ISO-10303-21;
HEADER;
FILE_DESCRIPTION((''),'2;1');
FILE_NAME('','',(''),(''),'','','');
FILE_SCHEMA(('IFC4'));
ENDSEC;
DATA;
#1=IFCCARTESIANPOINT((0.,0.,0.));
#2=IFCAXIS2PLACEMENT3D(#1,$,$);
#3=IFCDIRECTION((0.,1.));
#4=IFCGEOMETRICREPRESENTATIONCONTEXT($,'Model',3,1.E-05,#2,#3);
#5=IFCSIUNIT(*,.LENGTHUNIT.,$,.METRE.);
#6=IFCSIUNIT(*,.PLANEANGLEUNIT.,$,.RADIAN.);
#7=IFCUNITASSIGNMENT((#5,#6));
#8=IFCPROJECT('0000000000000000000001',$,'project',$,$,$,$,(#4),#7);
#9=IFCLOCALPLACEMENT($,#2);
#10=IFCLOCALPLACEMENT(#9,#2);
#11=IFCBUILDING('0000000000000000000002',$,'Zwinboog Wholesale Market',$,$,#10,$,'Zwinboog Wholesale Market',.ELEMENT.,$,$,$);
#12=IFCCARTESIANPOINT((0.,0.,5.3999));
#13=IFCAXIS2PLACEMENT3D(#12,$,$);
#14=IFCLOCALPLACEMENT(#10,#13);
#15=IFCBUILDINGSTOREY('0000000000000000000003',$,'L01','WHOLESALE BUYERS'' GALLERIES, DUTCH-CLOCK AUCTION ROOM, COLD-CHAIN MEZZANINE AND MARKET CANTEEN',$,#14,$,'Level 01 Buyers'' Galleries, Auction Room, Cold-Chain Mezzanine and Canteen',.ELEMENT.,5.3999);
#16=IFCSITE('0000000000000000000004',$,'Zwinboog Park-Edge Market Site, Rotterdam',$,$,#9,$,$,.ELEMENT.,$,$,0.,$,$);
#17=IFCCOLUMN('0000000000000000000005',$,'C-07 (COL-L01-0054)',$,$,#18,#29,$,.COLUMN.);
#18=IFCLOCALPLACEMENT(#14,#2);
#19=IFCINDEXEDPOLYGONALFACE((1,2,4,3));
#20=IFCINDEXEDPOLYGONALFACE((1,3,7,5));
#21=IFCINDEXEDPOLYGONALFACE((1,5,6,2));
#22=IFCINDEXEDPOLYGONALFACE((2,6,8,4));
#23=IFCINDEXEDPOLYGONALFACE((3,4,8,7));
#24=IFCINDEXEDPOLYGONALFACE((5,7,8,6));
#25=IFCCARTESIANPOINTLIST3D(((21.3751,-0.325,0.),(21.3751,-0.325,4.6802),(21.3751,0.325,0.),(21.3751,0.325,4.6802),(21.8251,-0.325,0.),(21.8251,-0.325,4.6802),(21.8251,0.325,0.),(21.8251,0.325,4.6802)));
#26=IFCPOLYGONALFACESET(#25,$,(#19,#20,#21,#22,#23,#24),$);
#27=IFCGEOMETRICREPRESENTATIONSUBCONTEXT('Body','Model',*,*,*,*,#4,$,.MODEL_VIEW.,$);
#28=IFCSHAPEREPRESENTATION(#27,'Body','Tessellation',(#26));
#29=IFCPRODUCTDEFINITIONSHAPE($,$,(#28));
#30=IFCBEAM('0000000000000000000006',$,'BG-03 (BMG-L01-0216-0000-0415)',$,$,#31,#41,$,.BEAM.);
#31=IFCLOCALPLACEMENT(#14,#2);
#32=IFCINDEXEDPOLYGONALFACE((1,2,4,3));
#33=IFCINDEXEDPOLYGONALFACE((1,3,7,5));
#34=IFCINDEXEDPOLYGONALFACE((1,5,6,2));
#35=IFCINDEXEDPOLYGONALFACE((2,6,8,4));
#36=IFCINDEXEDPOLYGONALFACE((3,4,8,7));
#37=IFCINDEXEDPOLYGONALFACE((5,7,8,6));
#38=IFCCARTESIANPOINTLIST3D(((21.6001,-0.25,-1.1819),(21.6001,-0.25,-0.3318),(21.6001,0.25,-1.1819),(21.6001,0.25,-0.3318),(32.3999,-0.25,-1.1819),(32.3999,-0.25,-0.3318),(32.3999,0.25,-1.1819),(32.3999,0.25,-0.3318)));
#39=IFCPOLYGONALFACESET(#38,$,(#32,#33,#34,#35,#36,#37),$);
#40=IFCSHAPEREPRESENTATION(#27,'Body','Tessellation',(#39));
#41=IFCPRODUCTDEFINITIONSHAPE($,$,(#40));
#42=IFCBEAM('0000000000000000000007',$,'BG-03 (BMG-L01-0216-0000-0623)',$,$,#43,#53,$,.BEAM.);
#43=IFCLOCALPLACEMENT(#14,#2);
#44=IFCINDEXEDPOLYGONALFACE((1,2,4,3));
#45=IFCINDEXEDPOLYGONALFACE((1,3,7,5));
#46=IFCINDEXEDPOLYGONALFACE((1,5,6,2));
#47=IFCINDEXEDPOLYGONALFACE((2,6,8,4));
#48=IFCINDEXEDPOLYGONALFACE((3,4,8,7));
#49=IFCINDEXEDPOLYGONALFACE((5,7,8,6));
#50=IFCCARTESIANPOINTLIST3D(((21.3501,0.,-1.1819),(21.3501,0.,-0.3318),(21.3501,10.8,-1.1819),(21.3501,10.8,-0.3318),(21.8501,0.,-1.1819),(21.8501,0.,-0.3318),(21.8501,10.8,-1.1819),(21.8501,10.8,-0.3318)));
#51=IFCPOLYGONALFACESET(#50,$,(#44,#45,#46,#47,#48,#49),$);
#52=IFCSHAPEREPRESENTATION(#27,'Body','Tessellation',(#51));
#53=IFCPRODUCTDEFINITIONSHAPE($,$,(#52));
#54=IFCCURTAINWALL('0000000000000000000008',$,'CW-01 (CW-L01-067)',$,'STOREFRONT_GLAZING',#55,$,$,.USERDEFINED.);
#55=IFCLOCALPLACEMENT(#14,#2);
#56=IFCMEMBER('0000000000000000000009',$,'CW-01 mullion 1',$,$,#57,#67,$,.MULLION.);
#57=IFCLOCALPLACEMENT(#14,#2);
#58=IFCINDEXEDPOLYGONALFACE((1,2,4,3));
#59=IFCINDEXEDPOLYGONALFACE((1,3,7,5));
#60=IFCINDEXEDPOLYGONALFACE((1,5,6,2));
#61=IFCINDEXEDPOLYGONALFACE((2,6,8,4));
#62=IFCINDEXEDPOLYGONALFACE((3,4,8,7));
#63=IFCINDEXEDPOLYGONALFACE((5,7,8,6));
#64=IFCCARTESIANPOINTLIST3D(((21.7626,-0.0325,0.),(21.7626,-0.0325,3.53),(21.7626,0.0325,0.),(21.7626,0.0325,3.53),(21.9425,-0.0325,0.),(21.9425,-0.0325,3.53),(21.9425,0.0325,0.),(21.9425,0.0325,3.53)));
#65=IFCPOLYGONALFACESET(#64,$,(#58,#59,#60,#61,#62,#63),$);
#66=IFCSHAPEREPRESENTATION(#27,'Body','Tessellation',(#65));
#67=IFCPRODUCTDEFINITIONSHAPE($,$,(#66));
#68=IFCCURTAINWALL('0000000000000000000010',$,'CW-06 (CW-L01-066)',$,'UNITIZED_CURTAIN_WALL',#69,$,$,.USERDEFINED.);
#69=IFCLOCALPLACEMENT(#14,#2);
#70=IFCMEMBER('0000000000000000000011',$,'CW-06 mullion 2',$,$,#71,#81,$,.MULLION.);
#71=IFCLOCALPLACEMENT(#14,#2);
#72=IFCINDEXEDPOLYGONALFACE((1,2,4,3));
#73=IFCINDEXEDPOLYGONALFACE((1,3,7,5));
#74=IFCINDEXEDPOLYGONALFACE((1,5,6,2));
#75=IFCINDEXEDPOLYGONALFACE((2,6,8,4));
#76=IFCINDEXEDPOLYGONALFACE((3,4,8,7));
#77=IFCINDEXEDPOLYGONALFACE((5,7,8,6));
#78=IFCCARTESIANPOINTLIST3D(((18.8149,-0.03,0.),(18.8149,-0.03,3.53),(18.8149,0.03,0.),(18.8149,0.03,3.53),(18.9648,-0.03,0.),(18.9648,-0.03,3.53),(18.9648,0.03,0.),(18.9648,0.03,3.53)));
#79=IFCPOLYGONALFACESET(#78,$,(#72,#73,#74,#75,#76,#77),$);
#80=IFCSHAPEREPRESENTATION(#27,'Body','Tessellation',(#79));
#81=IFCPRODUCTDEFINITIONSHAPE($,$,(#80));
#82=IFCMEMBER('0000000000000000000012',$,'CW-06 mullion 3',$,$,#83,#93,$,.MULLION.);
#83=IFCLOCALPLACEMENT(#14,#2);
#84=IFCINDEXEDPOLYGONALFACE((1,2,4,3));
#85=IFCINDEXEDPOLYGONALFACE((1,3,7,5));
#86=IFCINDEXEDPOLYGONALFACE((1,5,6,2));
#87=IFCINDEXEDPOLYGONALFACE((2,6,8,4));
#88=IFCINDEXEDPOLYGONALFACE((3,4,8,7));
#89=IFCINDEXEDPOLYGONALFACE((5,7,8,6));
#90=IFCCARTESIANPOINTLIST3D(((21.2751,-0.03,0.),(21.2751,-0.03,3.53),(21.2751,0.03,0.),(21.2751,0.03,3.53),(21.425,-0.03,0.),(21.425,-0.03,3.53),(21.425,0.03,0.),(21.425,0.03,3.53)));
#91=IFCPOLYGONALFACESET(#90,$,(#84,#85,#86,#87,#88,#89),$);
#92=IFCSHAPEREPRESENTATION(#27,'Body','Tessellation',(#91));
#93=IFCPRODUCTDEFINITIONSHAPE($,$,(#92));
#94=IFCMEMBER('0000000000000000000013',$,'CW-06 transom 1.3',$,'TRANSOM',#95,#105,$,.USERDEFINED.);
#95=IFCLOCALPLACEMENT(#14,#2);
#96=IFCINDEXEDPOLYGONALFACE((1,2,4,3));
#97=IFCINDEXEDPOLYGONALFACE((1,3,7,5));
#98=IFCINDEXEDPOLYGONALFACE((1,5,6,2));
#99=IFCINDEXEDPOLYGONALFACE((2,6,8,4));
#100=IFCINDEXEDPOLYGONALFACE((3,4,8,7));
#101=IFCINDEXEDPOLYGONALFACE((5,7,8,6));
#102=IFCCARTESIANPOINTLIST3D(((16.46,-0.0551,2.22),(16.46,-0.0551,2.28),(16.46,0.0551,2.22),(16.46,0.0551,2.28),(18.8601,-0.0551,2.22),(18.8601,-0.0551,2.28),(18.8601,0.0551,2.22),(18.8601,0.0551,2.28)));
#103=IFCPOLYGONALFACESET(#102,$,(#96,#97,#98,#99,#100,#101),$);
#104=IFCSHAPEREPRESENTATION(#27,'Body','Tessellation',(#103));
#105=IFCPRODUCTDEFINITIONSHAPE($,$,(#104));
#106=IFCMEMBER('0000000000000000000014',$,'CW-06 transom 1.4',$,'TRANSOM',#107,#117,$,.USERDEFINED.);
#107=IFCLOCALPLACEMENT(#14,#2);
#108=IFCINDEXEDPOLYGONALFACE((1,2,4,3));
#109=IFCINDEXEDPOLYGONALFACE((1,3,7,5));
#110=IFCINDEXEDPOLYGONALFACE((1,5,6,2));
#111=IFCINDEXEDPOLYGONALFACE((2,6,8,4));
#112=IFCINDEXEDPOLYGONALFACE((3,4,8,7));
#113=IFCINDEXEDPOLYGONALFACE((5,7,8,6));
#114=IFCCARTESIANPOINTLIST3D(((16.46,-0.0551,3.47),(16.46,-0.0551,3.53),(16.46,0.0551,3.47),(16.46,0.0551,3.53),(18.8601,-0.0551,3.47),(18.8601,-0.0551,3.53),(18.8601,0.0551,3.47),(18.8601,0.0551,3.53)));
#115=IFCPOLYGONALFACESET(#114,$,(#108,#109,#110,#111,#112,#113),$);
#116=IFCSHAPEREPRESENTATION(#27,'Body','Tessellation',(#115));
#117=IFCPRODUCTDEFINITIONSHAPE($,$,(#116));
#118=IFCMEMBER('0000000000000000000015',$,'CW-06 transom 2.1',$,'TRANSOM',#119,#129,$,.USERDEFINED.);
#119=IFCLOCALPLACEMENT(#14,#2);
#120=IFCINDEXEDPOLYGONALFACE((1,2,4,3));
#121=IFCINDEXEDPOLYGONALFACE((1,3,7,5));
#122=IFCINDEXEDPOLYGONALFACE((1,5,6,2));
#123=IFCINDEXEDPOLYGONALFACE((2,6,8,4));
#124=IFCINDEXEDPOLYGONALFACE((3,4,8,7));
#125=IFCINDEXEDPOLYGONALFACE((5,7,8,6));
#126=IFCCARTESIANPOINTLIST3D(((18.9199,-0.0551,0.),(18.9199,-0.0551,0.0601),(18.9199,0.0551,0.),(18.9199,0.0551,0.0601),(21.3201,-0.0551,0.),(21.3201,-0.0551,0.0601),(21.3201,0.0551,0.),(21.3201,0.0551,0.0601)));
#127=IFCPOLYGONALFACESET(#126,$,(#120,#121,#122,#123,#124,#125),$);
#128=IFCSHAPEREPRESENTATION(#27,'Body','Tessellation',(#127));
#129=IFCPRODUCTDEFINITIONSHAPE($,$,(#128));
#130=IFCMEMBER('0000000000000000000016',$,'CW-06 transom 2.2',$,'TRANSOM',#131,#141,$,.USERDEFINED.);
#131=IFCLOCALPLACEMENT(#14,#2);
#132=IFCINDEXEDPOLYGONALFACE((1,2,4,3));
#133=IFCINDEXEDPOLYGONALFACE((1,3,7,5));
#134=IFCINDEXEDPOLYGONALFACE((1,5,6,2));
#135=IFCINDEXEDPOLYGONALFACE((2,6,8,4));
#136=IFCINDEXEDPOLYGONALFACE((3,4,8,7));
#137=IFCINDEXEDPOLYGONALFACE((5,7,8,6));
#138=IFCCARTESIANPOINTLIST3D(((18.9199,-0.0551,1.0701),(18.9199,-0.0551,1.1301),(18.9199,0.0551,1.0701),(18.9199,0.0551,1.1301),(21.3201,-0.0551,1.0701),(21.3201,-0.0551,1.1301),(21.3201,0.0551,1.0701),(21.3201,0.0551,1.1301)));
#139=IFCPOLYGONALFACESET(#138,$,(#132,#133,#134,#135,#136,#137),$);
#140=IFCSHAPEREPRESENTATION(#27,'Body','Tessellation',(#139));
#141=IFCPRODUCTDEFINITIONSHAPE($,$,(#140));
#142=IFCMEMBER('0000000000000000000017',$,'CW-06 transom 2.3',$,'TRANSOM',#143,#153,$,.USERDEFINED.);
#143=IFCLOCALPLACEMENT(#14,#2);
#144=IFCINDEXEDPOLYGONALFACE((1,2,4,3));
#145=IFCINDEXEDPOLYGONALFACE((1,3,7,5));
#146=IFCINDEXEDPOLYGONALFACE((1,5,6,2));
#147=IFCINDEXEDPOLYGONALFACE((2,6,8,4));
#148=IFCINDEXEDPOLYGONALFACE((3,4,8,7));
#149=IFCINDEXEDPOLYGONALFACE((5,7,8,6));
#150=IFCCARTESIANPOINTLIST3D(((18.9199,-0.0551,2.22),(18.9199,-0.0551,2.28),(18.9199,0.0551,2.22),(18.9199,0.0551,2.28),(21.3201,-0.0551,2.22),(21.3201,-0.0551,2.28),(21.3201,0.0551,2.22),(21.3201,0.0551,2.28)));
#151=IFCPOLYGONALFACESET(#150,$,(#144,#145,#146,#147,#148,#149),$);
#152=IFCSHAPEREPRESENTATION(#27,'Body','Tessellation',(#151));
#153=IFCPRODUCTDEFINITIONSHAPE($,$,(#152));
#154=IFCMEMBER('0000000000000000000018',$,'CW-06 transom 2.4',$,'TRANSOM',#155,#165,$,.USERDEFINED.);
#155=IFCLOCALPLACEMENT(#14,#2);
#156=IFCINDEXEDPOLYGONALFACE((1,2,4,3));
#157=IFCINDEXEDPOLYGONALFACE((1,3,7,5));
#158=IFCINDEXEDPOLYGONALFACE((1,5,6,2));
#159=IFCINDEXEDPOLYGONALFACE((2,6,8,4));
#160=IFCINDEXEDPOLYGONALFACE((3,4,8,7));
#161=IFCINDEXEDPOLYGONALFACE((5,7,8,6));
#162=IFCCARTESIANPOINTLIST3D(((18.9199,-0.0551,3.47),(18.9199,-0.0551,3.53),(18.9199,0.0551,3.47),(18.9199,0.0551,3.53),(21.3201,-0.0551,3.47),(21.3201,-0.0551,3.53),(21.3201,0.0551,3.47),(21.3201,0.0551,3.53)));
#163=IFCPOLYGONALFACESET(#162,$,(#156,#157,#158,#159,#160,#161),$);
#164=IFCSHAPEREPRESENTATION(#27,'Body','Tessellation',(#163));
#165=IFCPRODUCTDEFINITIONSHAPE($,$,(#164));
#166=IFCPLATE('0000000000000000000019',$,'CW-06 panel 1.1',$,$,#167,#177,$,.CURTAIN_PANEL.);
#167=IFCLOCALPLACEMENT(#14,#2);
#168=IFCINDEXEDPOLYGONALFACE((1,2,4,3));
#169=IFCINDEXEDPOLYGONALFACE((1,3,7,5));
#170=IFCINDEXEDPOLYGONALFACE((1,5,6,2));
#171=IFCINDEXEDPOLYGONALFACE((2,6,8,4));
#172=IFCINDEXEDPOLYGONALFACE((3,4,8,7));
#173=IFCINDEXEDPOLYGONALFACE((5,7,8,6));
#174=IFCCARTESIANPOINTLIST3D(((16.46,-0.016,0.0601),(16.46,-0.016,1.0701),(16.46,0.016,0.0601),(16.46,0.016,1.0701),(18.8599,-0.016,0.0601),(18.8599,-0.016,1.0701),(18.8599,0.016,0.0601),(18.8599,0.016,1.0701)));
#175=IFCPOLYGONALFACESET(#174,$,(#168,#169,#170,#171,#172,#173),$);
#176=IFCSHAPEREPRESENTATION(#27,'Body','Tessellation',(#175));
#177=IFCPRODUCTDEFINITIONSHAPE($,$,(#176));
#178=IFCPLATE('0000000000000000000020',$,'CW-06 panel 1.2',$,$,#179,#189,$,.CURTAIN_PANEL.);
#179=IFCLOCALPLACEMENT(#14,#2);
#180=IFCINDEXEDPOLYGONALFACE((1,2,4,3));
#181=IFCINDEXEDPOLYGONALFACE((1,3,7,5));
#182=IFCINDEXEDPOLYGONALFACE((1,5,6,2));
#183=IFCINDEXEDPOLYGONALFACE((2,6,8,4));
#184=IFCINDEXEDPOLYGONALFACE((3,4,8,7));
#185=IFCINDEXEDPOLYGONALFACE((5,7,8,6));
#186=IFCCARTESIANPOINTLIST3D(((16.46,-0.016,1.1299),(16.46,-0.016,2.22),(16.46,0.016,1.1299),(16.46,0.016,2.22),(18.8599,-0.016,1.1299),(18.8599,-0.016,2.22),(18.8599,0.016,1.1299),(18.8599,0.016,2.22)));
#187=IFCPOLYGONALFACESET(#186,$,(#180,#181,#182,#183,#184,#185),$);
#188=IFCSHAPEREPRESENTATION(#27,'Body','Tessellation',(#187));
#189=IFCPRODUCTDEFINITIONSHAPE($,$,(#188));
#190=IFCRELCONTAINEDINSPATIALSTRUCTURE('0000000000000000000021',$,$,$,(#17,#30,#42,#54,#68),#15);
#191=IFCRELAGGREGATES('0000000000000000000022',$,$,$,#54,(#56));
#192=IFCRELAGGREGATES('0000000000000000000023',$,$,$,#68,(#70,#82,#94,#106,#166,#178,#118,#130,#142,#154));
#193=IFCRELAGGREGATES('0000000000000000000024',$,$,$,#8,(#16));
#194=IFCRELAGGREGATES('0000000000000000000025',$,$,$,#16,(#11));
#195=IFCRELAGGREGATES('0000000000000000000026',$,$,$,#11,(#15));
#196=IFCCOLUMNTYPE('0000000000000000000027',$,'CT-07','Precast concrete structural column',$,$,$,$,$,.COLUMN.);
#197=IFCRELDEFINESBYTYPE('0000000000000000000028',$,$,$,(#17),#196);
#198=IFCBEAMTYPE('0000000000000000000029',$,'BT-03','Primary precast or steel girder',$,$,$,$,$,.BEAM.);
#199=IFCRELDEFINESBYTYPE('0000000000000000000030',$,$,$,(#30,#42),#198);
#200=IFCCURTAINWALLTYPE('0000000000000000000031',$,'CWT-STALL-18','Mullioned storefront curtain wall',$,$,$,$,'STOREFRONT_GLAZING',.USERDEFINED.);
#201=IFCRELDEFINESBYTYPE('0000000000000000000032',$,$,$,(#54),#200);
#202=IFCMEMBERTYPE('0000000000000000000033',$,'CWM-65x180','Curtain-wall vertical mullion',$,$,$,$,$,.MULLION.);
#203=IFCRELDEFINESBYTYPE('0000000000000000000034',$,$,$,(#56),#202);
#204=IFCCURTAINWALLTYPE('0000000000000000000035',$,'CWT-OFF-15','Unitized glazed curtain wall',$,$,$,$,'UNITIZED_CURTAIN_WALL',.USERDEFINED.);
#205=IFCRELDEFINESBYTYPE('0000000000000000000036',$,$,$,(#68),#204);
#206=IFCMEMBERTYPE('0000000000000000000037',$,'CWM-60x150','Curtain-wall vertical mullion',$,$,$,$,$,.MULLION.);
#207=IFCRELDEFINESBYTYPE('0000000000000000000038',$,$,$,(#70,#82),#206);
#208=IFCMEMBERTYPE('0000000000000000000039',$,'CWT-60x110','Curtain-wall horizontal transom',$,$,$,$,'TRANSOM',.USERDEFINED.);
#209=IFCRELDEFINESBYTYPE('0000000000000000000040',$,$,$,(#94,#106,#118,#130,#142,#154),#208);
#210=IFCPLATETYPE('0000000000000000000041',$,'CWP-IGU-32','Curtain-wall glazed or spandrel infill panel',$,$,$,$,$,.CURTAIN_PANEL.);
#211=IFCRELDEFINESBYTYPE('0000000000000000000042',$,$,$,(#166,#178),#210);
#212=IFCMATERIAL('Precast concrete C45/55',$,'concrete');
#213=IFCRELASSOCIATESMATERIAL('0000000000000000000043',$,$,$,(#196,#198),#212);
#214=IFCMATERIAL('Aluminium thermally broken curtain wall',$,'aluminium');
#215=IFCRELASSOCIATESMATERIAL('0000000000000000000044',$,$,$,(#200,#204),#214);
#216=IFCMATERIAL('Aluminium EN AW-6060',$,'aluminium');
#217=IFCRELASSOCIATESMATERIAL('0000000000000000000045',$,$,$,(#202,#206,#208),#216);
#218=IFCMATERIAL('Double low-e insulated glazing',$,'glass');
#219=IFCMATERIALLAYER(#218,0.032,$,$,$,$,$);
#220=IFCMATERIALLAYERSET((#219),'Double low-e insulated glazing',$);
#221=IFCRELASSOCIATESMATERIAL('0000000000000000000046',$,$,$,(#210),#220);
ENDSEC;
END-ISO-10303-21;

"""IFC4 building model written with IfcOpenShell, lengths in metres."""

from ifc_helpers import new_model, si_unit, direction, frame, origin, origin_2d, place, context, subcontext, project, spatial, rectangle, extrude, material, layer, layer_set, material_profile, profile_set, type_object, element, aggregate, save


model = new_model("IFC4")

# Units and contexts
model_context = context("Model", 3, precision=1e-05, world=origin(), true_north=direction((0.0, 1.0)))
body_context = subcontext(model_context, "Body", "Model", "MODEL_VIEW")
ifc_project = project(units=[si_unit("LENGTHUNIT", "METRE"), si_unit("PLANEANGLEUNIT", "RADIAN")], contexts=[model_context])

# Site, building, storey
site_placement = place(None, origin())
site = spatial("IfcSite", under=ifc_project, at=site_placement, Name="Zwinboog Park-Edge Market Site, Rotterdam", CompositionType="ELEMENT", RefElevation=0.0)
building_placement = place(site_placement, origin())
building = spatial("IfcBuilding", under=site, at=building_placement, Name="Zwinboog Wholesale Market", LongName="Zwinboog Wholesale Market", CompositionType="ELEMENT")
storey_placement = place(building_placement, frame((0.0, 0.0, 5.3999)))
storey = spatial("IfcBuildingStorey", under=building, at=storey_placement, Name="L01", Description="WHOLESALE BUYERS' GALLERIES, DUTCH-CLOCK AUCTION ROOM, COLD-CHAIN MEZZANINE AND MARKET CANTEEN", LongName="Level 01 Buyers' Galleries, Auction Room, Cold-Chain Mezzanine and Canteen", CompositionType="ELEMENT", Elevation=5.3999)

# Column
ifc_material_1 = material(Name="Precast concrete C45/55", Category="concrete")
ifc_material_profile_1 = material_profile(ifc_material_1, rectangle(XDim=0.45, YDim=0.6499, at=origin_2d()), Name="PC 450x650")
ifc_profile_set_1 = profile_set([ifc_material_profile_1], Name="Precast concrete C45/55")
column_type = type_object("IfcColumnType", Name="CT-07", Description="Precast concrete structural column", PredefinedType="COLUMN", material=ifc_profile_set_1)
column_placement = place(storey_placement, frame((21.6001, 0.0, 0.0), z_axis=(0.0, 0.0, 1.0), x_axis=(1.0, 0.0, 0.0)))
element("IfcColumn", 1, at=column_placement, inside=storey, type_object=column_type, Name="C-07 (COL-L01-0054)", PredefinedType="COLUMN", context=body_context, shape_type="SweptSolid", body=[
    extrude(rectangle(XDim=0.45, YDim=0.6499, at=origin_2d()), origin(), (0.0, 0.0, 1.0), 4.6802),
])

# Beams
ifc_material_profile_2 = material_profile(ifc_material_1, rectangle(XDim=0.5, YDim=0.8501, at=origin_2d()), Name="PC 500x850")
ifc_profile_set_2 = profile_set([ifc_material_profile_2], Name="Precast concrete C45/55")
beam_type = type_object("IfcBeamType", Name="BT-03", Description="Primary precast or steel girder", PredefinedType="BEAM", material=ifc_profile_set_2)
beam_1_placement = place(storey_placement, frame((21.6001, 0.0, -0.7568), z_axis=(1.0, 0.0, 0.0), x_axis=(0.0, 1.0, 0.0)))
element("IfcBeam", 2, at=beam_1_placement, inside=storey, type_object=beam_type, Name="BG-03 (BMG-L01-0216-0000-0415)", PredefinedType="BEAM", context=body_context, shape_type="SweptSolid", body=[
    extrude(rectangle(XDim=0.5, YDim=0.8501, at=origin_2d()), origin(), (0.0, 0.0, 1.0), 10.7998),
])
beam_2_placement = place(storey_placement, frame((21.6001, 0.0, -0.7568), z_axis=(0.0, 1.0, 0.0), x_axis=(-1.0, 0.0, 0.0)))
element("IfcBeam", 3, at=beam_2_placement, inside=storey, type_object=beam_type, Name="BG-03 (BMG-L01-0216-0000-0623)", PredefinedType="BEAM", context=body_context, shape_type="SweptSolid", body=[
    extrude(rectangle(XDim=0.5, YDim=0.8501, at=origin_2d()), origin(), (0.0, 0.0, 1.0), 10.8),
])

# Curtain wall, member
ifc_material_2 = material(Name="Aluminium thermally broken curtain wall", Category="aluminium")
curtain_wall_type_1 = type_object("IfcCurtainWallType", Name="CWT-STALL-18", Description="Mullioned storefront curtain wall", ElementType="STOREFRONT_GLAZING", PredefinedType="USERDEFINED", material=ifc_material_2)
curtain_wall_1_placement = place(storey_placement, origin())
curtain_wall_1 = element("IfcCurtainWall", 4, at=curtain_wall_1_placement, inside=storey, type_object=curtain_wall_type_1, Name="CW-01 (CW-L01-067)", ObjectType="STOREFRONT_GLAZING", PredefinedType="USERDEFINED")
ifc_material_3 = material(Name="Aluminium EN AW-6060", Category="aluminium")
ifc_material_profile_3 = material_profile(ifc_material_3, rectangle(XDim=0.0649, YDim=0.1799, at=origin_2d()), Name="AL 65x180")
ifc_profile_set_3 = profile_set([ifc_material_profile_3], Name="Aluminium EN AW-6060")
member_type_1 = type_object("IfcMemberType", Name="CWM-65x180", Description="Curtain-wall vertical mullion", PredefinedType="MULLION", material=ifc_profile_set_3)
member_1_placement = place(storey_placement, frame((21.8525, 0.0, 0.0), z_axis=(0.0, 0.0, 1.0), x_axis=(0.0, 1.0, 0.0)))
member_1 = element("IfcMember", 5, at=member_1_placement, type_object=member_type_1, Name="CW-01 mullion 1", PredefinedType="MULLION", context=body_context, shape_type="SweptSolid", body=[
    extrude(rectangle(XDim=0.0649, YDim=0.1799, at=origin_2d()), origin(), (0.0, 0.0, 1.0), 3.53),
])
aggregate(curtain_wall_1, [member_1])

# Curtain wall, members, plates
curtain_wall_type_2 = type_object("IfcCurtainWallType", Name="CWT-OFF-15", Description="Unitized glazed curtain wall", ElementType="UNITIZED_CURTAIN_WALL", PredefinedType="USERDEFINED", material=ifc_material_2)
curtain_wall_2_placement = place(storey_placement, origin())
curtain_wall_2 = element("IfcCurtainWall", 6, at=curtain_wall_2_placement, inside=storey, type_object=curtain_wall_type_2, Name="CW-06 (CW-L01-066)", ObjectType="UNITIZED_CURTAIN_WALL", PredefinedType="USERDEFINED")
ifc_material_profile_4 = material_profile(ifc_material_3, rectangle(XDim=0.0601, YDim=0.1499, at=origin_2d()), Name="AL 60x150")
ifc_profile_set_4 = profile_set([ifc_material_profile_4], Name="Aluminium EN AW-6060")
member_type_2 = type_object("IfcMemberType", Name="CWM-60x150", Description="Curtain-wall vertical mullion", PredefinedType="MULLION", material=ifc_profile_set_4)
member_2_placement = place(storey_placement, frame((18.8899, 0.0, 0.0), z_axis=(0.0, 0.0, 1.0), x_axis=(0.0, 1.0, 0.0)))
member_2 = element("IfcMember", 7, at=member_2_placement, type_object=member_type_2, Name="CW-06 mullion 2", PredefinedType="MULLION", context=body_context, shape_type="SweptSolid", body=[
    extrude(rectangle(XDim=0.0601, YDim=0.1499, at=origin_2d()), origin(), (0.0, 0.0, 1.0), 3.53),
])
member_3_placement = place(storey_placement, frame((21.3501, 0.0, 0.0), z_axis=(0.0, 0.0, 1.0), x_axis=(0.0, 1.0, 0.0)))
member_3 = element("IfcMember", 8, at=member_3_placement, type_object=member_type_2, Name="CW-06 mullion 3", PredefinedType="MULLION", context=body_context, shape_type="SweptSolid", body=[
    extrude(rectangle(XDim=0.0601, YDim=0.1499, at=origin_2d()), origin(), (0.0, 0.0, 1.0), 3.53),
])
ifc_material_profile_5 = material_profile(ifc_material_3, rectangle(XDim=0.1101, YDim=0.0601, at=origin_2d()), Name="AL 60x110")
ifc_profile_set_5 = profile_set([ifc_material_profile_5], Name="Aluminium EN AW-6060")
member_type_3 = type_object("IfcMemberType", Name="CWT-60x110", Description="Curtain-wall horizontal transom", ElementType="TRANSOM", PredefinedType="USERDEFINED", material=ifc_profile_set_5)
member_4_placement = place(storey_placement, frame((16.46, 0.0, 2.25), z_axis=(1.0, 0.0, 0.0), x_axis=(0.0, 1.0, 0.0)))
member_4 = element("IfcMember", 9, at=member_4_placement, type_object=member_type_3, Name="CW-06 transom 1.3", ObjectType="TRANSOM", PredefinedType="USERDEFINED", context=body_context, shape_type="SweptSolid", body=[
    extrude(rectangle(XDim=0.1101, YDim=0.0601, at=origin_2d()), origin(), (0.0, 0.0, 1.0), 2.4001),
])
member_5_placement = place(storey_placement, frame((16.46, 0.0, 3.5), z_axis=(1.0, 0.0, 0.0), x_axis=(0.0, 1.0, 0.0)))
member_5 = element("IfcMember", 10, at=member_5_placement, type_object=member_type_3, Name="CW-06 transom 1.4", ObjectType="TRANSOM", PredefinedType="USERDEFINED", context=body_context, shape_type="SweptSolid", body=[
    extrude(rectangle(XDim=0.1101, YDim=0.0601, at=origin_2d()), origin(), (0.0, 0.0, 1.0), 2.4001),
])
member_6_placement = place(storey_placement, frame((18.9199, 0.0, 0.03), z_axis=(1.0, 0.0, 0.0), x_axis=(0.0, 1.0, 0.0)))
member_6 = element("IfcMember", 11, at=member_6_placement, type_object=member_type_3, Name="CW-06 transom 2.1", ObjectType="TRANSOM", PredefinedType="USERDEFINED", context=body_context, shape_type="SweptSolid", body=[
    extrude(rectangle(XDim=0.1101, YDim=0.0601, at=origin_2d()), origin(), (0.0, 0.0, 1.0), 2.4001),
])
member_7_placement = place(storey_placement, frame((18.9199, 0.0, 1.1001), z_axis=(1.0, 0.0, 0.0), x_axis=(0.0, 1.0, 0.0)))
member_7 = element("IfcMember", 12, at=member_7_placement, type_object=member_type_3, Name="CW-06 transom 2.2", ObjectType="TRANSOM", PredefinedType="USERDEFINED", context=body_context, shape_type="SweptSolid", body=[
    extrude(rectangle(XDim=0.1101, YDim=0.0601, at=origin_2d()), origin(), (0.0, 0.0, 1.0), 2.4001),
])
member_8_placement = place(storey_placement, frame((18.9199, 0.0, 2.25), z_axis=(1.0, 0.0, 0.0), x_axis=(0.0, 1.0, 0.0)))
member_8 = element("IfcMember", 13, at=member_8_placement, type_object=member_type_3, Name="CW-06 transom 2.3", ObjectType="TRANSOM", PredefinedType="USERDEFINED", context=body_context, shape_type="SweptSolid", body=[
    extrude(rectangle(XDim=0.1101, YDim=0.0601, at=origin_2d()), origin(), (0.0, 0.0, 1.0), 2.4001),
])
member_9_placement = place(storey_placement, frame((18.9199, 0.0, 3.5), z_axis=(1.0, 0.0, 0.0), x_axis=(0.0, 1.0, 0.0)))
member_9 = element("IfcMember", 14, at=member_9_placement, type_object=member_type_3, Name="CW-06 transom 2.4", ObjectType="TRANSOM", PredefinedType="USERDEFINED", context=body_context, shape_type="SweptSolid", body=[
    extrude(rectangle(XDim=0.1101, YDim=0.0601, at=origin_2d()), origin(), (0.0, 0.0, 1.0), 2.4001),
])
ifc_material_4 = material(Name="Double low-e insulated glazing", Category="glass")
ifc_layer = layer(ifc_material_4, 0.032)
ifc_layer_set = layer_set([ifc_layer], Name="Double low-e insulated glazing")
plate_type = type_object("IfcPlateType", Name="CWP-IGU-32", Description="Curtain-wall glazed or spandrel infill panel", PredefinedType="CURTAIN_PANEL", material=ifc_layer_set)
plate_1_placement = place(storey_placement, frame((17.6599, 0.0, 0.0601), z_axis=(0.0, 0.0, 1.0), x_axis=(1.0, 0.0, 0.0)))
plate_1 = element("IfcPlate", 15, at=plate_1_placement, type_object=plate_type, Name="CW-06 panel 1.1", PredefinedType="CURTAIN_PANEL", context=body_context, shape_type="SweptSolid", body=[
    extrude(rectangle(XDim=2.3999, YDim=0.032, at=origin_2d()), origin(), (0.0, 0.0, 1.0), 1.01),
])
plate_2_placement = place(storey_placement, frame((17.6599, 0.0, 1.1299), z_axis=(0.0, 0.0, 1.0), x_axis=(1.0, 0.0, 0.0)))
plate_2 = element("IfcPlate", 16, at=plate_2_placement, type_object=plate_type, Name="CW-06 panel 1.2", PredefinedType="CURTAIN_PANEL", context=body_context, shape_type="SweptSolid", body=[
    extrude(rectangle(XDim=2.3999, YDim=0.032, at=origin_2d()), origin(), (0.0, 0.0, 1.0), 1.0901),
])
aggregate(curtain_wall_2, [member_2, member_3, member_4, member_5, plate_1, plate_2, member_6, member_7, member_8, member_9])

save(model, "model.ifc")
